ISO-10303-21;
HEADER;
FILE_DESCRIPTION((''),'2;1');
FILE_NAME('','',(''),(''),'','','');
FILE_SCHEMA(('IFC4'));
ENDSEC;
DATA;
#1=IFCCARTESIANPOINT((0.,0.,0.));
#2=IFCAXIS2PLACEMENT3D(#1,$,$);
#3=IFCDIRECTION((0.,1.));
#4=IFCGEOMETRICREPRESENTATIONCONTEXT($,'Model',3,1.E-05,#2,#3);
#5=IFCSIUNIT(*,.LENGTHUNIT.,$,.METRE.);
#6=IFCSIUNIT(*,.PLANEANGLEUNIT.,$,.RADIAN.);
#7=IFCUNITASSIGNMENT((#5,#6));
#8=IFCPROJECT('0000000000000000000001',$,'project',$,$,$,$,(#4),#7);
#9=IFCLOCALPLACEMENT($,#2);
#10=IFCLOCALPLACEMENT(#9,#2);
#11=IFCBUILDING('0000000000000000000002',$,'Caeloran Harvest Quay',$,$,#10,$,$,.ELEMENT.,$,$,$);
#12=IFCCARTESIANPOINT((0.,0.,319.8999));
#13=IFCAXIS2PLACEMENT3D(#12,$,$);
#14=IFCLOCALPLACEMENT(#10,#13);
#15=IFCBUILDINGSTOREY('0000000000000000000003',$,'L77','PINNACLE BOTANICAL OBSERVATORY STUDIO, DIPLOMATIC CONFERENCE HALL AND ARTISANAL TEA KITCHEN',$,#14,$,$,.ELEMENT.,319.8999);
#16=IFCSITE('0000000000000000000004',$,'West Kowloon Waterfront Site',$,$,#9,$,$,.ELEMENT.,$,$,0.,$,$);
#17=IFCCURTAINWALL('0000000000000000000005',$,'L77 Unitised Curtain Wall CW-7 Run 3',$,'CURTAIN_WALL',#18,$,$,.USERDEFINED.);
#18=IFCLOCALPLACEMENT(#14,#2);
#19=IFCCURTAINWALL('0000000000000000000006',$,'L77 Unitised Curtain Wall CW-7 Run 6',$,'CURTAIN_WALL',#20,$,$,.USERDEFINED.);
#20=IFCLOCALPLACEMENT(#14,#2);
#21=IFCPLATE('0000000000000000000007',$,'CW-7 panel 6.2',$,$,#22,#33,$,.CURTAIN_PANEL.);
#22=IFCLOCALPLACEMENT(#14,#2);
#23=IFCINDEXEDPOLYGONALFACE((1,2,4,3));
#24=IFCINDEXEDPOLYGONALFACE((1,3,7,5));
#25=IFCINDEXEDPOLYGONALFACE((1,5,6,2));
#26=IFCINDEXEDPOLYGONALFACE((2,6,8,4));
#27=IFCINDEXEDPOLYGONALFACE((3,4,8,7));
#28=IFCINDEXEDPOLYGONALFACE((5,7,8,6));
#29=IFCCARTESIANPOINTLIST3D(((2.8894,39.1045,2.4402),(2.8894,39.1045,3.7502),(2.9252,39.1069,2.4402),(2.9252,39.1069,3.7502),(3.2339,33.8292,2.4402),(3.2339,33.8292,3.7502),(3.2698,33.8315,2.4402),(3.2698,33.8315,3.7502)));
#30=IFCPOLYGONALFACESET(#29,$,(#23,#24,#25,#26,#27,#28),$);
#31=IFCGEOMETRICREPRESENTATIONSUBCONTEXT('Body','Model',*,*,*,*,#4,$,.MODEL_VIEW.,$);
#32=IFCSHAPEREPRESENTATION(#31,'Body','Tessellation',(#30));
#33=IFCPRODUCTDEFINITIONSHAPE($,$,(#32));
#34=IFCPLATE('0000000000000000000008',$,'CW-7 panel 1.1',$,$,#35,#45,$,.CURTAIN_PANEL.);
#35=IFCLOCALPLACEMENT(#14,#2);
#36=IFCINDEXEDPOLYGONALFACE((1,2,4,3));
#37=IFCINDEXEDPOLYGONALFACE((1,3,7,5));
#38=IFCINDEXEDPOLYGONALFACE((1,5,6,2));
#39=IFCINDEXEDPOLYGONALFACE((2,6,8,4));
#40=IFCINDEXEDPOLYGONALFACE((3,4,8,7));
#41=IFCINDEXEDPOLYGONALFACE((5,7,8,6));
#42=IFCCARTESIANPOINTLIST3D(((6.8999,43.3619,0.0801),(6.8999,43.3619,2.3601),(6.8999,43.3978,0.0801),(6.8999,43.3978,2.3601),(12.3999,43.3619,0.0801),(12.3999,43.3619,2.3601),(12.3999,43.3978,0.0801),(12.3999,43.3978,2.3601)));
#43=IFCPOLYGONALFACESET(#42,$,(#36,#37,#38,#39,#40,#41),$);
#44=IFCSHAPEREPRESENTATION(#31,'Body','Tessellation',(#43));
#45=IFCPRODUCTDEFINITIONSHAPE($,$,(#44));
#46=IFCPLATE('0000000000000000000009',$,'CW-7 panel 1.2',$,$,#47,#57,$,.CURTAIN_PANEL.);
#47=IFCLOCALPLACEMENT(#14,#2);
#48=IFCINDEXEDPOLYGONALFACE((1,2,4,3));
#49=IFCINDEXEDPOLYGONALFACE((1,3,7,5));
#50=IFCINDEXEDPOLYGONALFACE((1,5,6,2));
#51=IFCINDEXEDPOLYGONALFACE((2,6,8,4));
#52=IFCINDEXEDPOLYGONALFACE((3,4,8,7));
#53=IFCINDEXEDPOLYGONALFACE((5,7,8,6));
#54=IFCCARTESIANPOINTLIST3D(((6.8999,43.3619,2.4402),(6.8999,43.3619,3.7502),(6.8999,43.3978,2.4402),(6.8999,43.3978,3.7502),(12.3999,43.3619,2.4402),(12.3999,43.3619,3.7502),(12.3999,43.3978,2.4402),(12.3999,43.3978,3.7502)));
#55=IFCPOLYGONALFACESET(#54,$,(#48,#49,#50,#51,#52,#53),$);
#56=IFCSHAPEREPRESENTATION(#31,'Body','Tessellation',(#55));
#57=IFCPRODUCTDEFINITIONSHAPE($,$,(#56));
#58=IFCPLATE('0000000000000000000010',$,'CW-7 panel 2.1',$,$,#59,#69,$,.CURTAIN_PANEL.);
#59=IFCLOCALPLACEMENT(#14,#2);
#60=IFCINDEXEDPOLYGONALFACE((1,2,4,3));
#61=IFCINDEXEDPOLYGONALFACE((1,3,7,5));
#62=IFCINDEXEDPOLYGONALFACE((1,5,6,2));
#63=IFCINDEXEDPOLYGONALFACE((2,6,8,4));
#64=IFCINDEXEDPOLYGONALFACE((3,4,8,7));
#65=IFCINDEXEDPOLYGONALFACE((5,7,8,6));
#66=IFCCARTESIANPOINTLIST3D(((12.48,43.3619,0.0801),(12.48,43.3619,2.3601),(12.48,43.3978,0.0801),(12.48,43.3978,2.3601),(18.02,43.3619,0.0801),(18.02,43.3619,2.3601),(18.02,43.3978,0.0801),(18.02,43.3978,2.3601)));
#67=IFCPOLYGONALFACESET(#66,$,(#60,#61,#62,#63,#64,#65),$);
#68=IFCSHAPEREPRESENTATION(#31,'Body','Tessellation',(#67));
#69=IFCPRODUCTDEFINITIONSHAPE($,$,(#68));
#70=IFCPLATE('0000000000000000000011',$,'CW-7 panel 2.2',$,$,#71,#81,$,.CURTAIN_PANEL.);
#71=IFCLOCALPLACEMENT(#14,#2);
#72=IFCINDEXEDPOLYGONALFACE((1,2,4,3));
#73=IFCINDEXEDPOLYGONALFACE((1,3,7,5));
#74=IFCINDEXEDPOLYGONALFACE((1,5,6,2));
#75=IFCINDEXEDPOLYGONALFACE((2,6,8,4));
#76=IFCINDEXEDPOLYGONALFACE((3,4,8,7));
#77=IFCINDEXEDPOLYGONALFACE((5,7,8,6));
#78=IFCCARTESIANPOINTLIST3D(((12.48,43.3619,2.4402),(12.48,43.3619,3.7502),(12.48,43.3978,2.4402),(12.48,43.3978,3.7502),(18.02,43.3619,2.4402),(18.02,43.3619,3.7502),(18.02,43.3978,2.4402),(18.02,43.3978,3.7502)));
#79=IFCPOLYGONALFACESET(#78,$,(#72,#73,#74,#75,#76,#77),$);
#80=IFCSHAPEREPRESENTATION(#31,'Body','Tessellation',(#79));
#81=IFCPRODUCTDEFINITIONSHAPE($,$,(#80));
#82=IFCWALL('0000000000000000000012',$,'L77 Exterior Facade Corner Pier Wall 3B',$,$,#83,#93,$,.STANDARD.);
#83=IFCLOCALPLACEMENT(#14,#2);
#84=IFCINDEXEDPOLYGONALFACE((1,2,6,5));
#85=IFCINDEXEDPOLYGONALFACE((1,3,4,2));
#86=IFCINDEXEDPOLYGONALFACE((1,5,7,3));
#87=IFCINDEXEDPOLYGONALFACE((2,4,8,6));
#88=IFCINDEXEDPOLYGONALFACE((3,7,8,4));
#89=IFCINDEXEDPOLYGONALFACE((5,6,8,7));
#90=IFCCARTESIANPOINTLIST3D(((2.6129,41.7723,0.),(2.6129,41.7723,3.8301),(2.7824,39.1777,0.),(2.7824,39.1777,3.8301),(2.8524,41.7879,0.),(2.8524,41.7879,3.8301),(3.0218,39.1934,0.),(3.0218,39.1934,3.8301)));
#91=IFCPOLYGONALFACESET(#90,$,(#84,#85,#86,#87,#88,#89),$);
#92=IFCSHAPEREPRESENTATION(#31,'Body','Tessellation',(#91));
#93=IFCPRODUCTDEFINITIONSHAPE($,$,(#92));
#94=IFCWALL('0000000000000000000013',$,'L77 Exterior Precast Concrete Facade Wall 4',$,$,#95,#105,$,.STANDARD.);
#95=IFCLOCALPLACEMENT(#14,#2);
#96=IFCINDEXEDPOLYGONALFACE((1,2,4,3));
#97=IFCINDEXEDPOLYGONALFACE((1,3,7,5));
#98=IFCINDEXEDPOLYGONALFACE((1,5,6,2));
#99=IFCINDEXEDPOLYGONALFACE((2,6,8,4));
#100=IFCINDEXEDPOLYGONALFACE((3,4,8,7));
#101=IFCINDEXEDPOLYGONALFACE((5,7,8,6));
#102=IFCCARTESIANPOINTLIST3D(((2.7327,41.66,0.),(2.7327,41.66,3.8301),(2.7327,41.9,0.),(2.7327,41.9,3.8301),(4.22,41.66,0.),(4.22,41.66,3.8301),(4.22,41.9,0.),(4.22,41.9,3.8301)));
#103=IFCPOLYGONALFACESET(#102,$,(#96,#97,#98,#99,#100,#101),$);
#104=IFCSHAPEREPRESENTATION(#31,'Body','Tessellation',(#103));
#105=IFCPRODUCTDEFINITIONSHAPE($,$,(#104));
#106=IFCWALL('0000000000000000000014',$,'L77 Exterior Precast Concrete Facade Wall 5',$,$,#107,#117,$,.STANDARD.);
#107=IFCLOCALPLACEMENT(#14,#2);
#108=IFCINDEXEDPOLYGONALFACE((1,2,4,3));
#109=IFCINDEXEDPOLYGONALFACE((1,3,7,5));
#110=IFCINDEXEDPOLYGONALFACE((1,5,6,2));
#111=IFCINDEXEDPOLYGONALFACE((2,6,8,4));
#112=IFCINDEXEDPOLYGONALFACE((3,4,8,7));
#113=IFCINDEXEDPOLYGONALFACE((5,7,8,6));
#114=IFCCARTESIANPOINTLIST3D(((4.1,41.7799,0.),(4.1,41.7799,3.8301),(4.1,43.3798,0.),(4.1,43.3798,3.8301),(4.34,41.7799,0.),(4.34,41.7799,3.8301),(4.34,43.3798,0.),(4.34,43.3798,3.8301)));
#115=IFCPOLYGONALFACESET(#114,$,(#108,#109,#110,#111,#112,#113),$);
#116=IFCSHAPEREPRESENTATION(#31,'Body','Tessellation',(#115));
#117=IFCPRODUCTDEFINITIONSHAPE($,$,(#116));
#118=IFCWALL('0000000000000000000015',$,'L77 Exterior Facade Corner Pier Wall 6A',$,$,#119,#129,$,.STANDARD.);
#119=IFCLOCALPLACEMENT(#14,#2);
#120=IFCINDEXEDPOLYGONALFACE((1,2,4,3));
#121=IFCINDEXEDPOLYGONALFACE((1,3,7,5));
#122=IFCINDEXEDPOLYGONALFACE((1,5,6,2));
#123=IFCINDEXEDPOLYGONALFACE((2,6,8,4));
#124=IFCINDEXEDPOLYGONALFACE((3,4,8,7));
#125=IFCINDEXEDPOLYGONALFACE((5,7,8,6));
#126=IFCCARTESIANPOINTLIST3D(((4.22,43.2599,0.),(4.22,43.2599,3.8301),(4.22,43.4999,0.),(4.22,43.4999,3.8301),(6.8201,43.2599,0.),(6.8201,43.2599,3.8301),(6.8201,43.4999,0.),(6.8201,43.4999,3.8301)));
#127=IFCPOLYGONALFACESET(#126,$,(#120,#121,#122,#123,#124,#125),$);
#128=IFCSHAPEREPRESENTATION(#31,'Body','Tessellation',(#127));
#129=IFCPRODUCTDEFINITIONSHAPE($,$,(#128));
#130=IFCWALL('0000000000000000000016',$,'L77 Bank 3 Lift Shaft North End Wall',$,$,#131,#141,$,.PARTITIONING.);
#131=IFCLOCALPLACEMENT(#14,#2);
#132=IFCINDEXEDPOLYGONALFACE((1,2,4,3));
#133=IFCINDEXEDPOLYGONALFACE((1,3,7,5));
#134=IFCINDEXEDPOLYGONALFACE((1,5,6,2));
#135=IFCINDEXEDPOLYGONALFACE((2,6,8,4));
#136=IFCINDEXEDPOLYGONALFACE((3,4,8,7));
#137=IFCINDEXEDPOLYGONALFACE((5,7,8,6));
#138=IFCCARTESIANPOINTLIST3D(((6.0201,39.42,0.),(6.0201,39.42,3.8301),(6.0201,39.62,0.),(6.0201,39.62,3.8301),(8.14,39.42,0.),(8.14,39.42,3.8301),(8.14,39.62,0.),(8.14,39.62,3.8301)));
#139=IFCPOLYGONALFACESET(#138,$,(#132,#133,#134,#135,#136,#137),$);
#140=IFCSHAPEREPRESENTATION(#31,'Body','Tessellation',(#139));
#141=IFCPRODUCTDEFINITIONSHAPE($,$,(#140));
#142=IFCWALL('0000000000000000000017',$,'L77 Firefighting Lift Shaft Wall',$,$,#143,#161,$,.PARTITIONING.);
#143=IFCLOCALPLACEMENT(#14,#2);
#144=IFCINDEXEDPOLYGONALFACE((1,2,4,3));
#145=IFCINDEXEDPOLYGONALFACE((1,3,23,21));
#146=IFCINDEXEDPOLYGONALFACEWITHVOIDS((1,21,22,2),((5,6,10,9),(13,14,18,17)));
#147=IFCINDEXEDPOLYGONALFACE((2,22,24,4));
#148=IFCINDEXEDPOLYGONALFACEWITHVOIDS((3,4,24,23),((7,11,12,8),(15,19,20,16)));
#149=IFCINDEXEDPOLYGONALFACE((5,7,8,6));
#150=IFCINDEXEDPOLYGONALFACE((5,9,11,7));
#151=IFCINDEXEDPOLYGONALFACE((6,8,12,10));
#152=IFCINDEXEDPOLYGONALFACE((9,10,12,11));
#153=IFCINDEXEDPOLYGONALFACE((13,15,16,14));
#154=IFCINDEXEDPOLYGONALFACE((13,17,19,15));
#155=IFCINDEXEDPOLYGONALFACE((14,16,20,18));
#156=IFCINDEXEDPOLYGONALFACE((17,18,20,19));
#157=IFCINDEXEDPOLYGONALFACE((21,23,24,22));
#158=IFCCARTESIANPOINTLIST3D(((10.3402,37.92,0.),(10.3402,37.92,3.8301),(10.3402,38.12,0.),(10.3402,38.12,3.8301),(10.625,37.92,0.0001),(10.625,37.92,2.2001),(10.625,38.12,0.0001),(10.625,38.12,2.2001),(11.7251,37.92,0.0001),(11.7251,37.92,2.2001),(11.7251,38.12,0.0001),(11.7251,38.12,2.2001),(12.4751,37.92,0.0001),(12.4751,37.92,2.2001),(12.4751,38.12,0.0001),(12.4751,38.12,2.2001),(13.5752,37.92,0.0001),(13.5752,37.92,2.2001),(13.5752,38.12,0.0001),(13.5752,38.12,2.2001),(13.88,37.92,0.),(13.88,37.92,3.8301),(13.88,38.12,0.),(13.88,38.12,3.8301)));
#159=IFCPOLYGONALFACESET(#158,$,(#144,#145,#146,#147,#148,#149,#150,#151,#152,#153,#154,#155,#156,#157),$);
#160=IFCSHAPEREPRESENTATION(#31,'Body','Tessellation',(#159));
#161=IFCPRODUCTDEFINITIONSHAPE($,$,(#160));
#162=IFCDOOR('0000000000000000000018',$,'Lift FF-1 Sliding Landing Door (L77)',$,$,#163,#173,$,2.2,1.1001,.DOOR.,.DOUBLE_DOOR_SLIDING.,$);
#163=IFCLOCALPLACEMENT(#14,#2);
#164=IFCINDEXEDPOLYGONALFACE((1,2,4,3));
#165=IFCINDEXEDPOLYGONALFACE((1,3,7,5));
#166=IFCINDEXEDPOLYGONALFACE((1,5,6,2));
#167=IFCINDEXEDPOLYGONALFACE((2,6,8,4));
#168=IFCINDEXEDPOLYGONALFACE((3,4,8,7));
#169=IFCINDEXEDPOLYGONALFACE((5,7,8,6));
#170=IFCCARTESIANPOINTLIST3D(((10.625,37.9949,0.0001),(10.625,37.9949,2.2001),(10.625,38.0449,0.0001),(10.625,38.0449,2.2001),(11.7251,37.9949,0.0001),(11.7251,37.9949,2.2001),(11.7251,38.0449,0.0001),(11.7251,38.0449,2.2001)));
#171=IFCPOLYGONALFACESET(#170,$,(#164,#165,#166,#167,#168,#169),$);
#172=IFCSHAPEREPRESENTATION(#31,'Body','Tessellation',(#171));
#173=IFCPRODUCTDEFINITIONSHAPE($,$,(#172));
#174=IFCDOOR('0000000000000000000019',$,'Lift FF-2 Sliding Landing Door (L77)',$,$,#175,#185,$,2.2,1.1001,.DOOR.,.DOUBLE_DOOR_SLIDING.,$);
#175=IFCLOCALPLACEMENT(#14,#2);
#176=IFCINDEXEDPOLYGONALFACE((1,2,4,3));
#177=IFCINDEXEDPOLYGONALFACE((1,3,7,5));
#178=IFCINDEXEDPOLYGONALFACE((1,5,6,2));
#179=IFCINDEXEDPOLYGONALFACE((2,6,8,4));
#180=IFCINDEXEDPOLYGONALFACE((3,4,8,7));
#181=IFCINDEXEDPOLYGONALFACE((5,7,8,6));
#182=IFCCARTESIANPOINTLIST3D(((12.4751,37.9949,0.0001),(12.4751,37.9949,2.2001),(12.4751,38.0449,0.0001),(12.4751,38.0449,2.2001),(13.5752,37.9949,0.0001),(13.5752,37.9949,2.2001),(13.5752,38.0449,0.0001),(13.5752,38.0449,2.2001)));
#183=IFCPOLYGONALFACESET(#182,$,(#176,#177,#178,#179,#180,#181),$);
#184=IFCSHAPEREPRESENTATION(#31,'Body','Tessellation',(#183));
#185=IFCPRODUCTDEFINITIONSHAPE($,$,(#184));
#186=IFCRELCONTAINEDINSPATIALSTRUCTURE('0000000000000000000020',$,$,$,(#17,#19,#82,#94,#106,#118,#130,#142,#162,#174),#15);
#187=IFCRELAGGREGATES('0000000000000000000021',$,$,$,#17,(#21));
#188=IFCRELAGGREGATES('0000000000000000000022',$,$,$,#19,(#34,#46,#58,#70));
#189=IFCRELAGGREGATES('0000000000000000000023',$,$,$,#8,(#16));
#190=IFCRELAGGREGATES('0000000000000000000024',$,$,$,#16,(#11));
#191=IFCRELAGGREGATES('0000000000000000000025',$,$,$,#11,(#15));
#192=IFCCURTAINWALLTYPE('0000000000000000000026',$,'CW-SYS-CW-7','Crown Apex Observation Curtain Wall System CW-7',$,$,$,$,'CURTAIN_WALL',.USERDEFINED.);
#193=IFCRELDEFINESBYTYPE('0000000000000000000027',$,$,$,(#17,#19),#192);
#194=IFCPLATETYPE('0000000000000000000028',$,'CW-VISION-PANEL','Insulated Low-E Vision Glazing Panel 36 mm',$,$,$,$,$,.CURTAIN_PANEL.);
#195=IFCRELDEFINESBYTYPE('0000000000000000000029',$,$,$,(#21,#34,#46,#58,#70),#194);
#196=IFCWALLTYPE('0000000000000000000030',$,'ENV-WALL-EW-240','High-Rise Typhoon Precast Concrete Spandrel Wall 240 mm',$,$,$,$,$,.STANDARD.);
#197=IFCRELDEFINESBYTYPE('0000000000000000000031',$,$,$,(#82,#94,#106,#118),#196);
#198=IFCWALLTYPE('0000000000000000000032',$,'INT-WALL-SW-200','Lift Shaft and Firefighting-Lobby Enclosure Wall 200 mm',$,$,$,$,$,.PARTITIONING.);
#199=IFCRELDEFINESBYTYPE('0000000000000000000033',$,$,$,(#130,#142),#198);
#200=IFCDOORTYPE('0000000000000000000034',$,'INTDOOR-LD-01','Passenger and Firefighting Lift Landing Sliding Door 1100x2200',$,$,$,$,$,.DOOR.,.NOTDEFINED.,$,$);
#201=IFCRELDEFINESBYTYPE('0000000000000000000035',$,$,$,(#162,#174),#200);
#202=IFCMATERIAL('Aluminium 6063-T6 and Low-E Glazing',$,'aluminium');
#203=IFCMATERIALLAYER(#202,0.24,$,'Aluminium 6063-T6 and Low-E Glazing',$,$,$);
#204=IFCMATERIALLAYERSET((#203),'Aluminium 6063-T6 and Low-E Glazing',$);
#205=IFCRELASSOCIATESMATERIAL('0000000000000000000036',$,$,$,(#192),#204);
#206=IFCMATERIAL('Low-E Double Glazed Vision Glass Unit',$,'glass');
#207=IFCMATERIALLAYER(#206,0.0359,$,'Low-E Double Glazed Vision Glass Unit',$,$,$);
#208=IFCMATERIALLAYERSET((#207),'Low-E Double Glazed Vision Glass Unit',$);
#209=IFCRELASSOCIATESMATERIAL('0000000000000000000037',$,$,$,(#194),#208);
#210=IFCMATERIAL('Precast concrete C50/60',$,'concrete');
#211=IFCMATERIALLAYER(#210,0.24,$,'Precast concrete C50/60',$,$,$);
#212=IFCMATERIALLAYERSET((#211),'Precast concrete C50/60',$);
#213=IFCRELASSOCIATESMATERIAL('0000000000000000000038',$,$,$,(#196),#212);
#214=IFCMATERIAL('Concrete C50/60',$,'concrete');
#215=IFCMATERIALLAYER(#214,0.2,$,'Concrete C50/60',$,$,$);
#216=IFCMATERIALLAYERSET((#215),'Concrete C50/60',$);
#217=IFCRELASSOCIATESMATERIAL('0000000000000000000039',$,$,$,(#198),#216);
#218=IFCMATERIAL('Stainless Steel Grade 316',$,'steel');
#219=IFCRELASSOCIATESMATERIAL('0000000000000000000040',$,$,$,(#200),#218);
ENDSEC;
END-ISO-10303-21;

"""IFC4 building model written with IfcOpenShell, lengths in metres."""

from ifc_helpers import new_model, si_unit, direction, frame, frame_2d, origin, origin_2d, place, context, subcontext, project, spatial, rectangle, extrude, material, layer, layer_set, type_object, element, fill, aggregate, save


model = new_model("IFC4")

# Units and contexts
model_context = context("Model", 3, precision=1e-05, world=origin(), true_north=direction((0.0, 1.0)))
body_context = subcontext(model_context, "Body", "Model", "MODEL_VIEW")
ifc_project = project(units=[si_unit("LENGTHUNIT", "METRE"), si_unit("PLANEANGLEUNIT", "RADIAN")], contexts=[model_context])

# Site, building, storey
site_placement = place(None, origin())
site = spatial("IfcSite", under=ifc_project, at=site_placement, Name="West Kowloon Waterfront Site", CompositionType="ELEMENT", RefElevation=0.0)
building_placement = place(site_placement, origin())
building = spatial("IfcBuilding", under=site, at=building_placement, Name="Caeloran Harvest Quay", CompositionType="ELEMENT")
storey_placement = place(building_placement, frame((0.0, 0.0, 319.8999)))
storey = spatial("IfcBuildingStorey", under=building, at=storey_placement, Name="L77", Description="PINNACLE BOTANICAL OBSERVATORY STUDIO, DIPLOMATIC CONFERENCE HALL AND ARTISANAL TEA KITCHEN", CompositionType="ELEMENT", Elevation=319.8999)

# Curtain walls
ifc_material_1 = material(Name="Aluminium 6063-T6 and Low-E Glazing", Category="aluminium")
ifc_layer_1 = layer(ifc_material_1, 0.24, Name="Aluminium 6063-T6 and Low-E Glazing")
ifc_layer_set_1 = layer_set([ifc_layer_1], Name="Aluminium 6063-T6 and Low-E Glazing")
curtain_wall_type = type_object("IfcCurtainWallType", Name="CW-SYS-CW-7", Description="Crown Apex Observation Curtain Wall System CW-7", ElementType="CURTAIN_WALL", PredefinedType="USERDEFINED", material=ifc_layer_set_1)
curtain_wall_1_placement = place(storey_placement, origin())
curtain_wall_1 = element("IfcCurtainWall", 1, at=curtain_wall_1_placement, inside=storey, type_object=curtain_wall_type, Name="L77 Unitised Curtain Wall CW-7 Run 3", ObjectType="CURTAIN_WALL", PredefinedType="USERDEFINED")
curtain_wall_2_placement = place(storey_placement, origin())
curtain_wall_2 = element("IfcCurtainWall", 2, at=curtain_wall_2_placement, inside=storey, type_object=curtain_wall_type, Name="L77 Unitised Curtain Wall CW-7 Run 6", ObjectType="CURTAIN_WALL", PredefinedType="USERDEFINED")

# Plates
ifc_material_2 = material(Name="Low-E Double Glazed Vision Glass Unit", Category="glass")
ifc_layer_2 = layer(ifc_material_2, 0.0359, Name="Low-E Double Glazed Vision Glass Unit")
ifc_layer_set_2 = layer_set([ifc_layer_2], Name="Low-E Double Glazed Vision Glass Unit")
plate_type = type_object("IfcPlateType", Name="CW-VISION-PANEL", Description="Insulated Low-E Vision Glazing Panel 36 mm", PredefinedType="CURTAIN_PANEL", material=ifc_layer_set_2)
plate_1_placement = place(storey_placement, frame((3.0796, 36.468, 2.4402), z_axis=(0.0, 0.0, 1.0), x_axis=(-0.065167, 0.997874, 0.0)))
plate_1 = element("IfcPlate", 3, at=plate_1_placement, type_object=plate_type, Name="CW-7 panel 6.2", PredefinedType="CURTAIN_PANEL", context=body_context, shape_type="SweptSolid", body=[
    extrude(rectangle(XDim=5.2866, YDim=0.0359, at=origin_2d()), origin(), (0.0, 0.0, 1.0), 1.3101),
])
aggregate(curtain_wall_1, [plate_1])
plate_2_placement = place(storey_placement, frame((9.6499, 43.3799, 0.0801), z_axis=(0.0, 0.0, 1.0), x_axis=(1.0, 0.0, 0.0)))
plate_2 = element("IfcPlate", 4, at=plate_2_placement, type_object=plate_type, Name="CW-7 panel 1.1", PredefinedType="CURTAIN_PANEL", context=body_context, shape_type="SweptSolid", body=[
    extrude(rectangle(XDim=5.5, YDim=0.0359, at=origin_2d()), origin(), (0.0, 0.0, 1.0), 2.28),
])
plate_3_placement = place(storey_placement, frame((9.6499, 43.3799, 2.4402), z_axis=(0.0, 0.0, 1.0), x_axis=(1.0, 0.0, 0.0)))
plate_3 = element("IfcPlate", 5, at=plate_3_placement, type_object=plate_type, Name="CW-7 panel 1.2", PredefinedType="CURTAIN_PANEL", context=body_context, shape_type="SweptSolid", body=[
    extrude(rectangle(XDim=5.5, YDim=0.0359, at=origin_2d()), origin(), (0.0, 0.0, 1.0), 1.3101),
])
plate_4_placement = place(storey_placement, frame((15.25, 43.3799, 0.0801), z_axis=(0.0, 0.0, 1.0), x_axis=(1.0, 0.0, 0.0)))
plate_4 = element("IfcPlate", 6, at=plate_4_placement, type_object=plate_type, Name="CW-7 panel 2.1", PredefinedType="CURTAIN_PANEL", context=body_context, shape_type="SweptSolid", body=[
    extrude(rectangle(XDim=5.54, YDim=0.0359, at=origin_2d()), origin(), (0.0, 0.0, 1.0), 2.28),
])
plate_5_placement = place(storey_placement, frame((15.25, 43.3799, 2.4402), z_axis=(0.0, 0.0, 1.0), x_axis=(1.0, 0.0, 0.0)))
plate_5 = element("IfcPlate", 7, at=plate_5_placement, type_object=plate_type, Name="CW-7 panel 2.2", PredefinedType="CURTAIN_PANEL", context=body_context, shape_type="SweptSolid", body=[
    extrude(rectangle(XDim=5.54, YDim=0.0359, at=origin_2d()), origin(), (0.0, 0.0, 1.0), 1.3101),
])
aggregate(curtain_wall_2, [plate_2, plate_3, plate_4, plate_5])

# Walls
ifc_material_3 = material(Name="Precast concrete C50/60", Category="concrete")
ifc_layer_3 = layer(ifc_material_3, 0.24, Name="Precast concrete C50/60")
ifc_layer_set_3 = layer_set([ifc_layer_3], Name="Precast concrete C50/60")
wall_type_1 = type_object("IfcWallType", Name="ENV-WALL-EW-240", Description="High-Rise Typhoon Precast Concrete Spandrel Wall 240 mm", PredefinedType="STANDARD", material=ifc_layer_set_3)
wall_1_placement = place(storey_placement, frame((2.9021, 39.1855, 0.0), z_axis=(0.0, 0.0, 1.0), x_axis=(-0.065167, 0.997874, 0.0)))
element("IfcWall", 8, at=wall_1_placement, inside=storey, type_object=wall_type_1, Name="L77 Exterior Facade Corner Pier Wall 3B", PredefinedType="STANDARD", context=body_context, shape_type="SweptSolid", body=[
    extrude(rectangle(XDim=2.6001, YDim=0.24, at=frame_2d((1.3, 0.0))), origin(), (0.0, 0.0, 1.0), 3.8301),
])
wall_2_placement = place(storey_placement, frame((2.7327, 41.78, 0.0), z_axis=(0.0, 0.0, 1.0), x_axis=(1.0, 0.0, 0.0)))
element("IfcWall", 9, at=wall_2_placement, inside=storey, type_object=wall_type_1, Name="L77 Exterior Precast Concrete Facade Wall 4", PredefinedType="STANDARD", context=body_context, shape_type="SweptSolid", body=[
    extrude(rectangle(XDim=1.4873, YDim=0.24, at=frame_2d((0.7437, 0.0))), origin(), (0.0, 0.0, 1.0), 3.8301),
])
wall_3_placement = place(storey_placement, frame((4.22, 41.78, 0.0), z_axis=(0.0, 0.0, 1.0), x_axis=(0.0, 1.0, 0.0)))
element("IfcWall", 10, at=wall_3_placement, inside=storey, type_object=wall_type_1, Name="L77 Exterior Precast Concrete Facade Wall 5", PredefinedType="STANDARD", context=body_context, shape_type="SweptSolid", body=[
    extrude(rectangle(XDim=1.5999, YDim=0.24, at=frame_2d((0.7998, 0.0))), origin(), (0.0, 0.0, 1.0), 3.8301),
])
wall_4_placement = place(storey_placement, frame((4.22, 43.3799, 0.0), z_axis=(0.0, 0.0, 1.0), x_axis=(1.0, 0.0, 0.0)))
element("IfcWall", 11, at=wall_4_placement, inside=storey, type_object=wall_type_1, Name="L77 Exterior Facade Corner Pier Wall 6A", PredefinedType="STANDARD", context=body_context, shape_type="SweptSolid", body=[
    extrude(rectangle(XDim=2.6001, YDim=0.24, at=frame_2d((1.3, 0.0))), origin(), (0.0, 0.0, 1.0), 3.8301),
])
ifc_material_4 = material(Name="Concrete C50/60", Category="concrete")
ifc_layer_4 = layer(ifc_material_4, 0.2, Name="Concrete C50/60")
ifc_layer_set_4 = layer_set([ifc_layer_4], Name="Concrete C50/60")
wall_type_2 = type_object("IfcWallType", Name="INT-WALL-SW-200", Description="Lift Shaft and Firefighting-Lobby Enclosure Wall 200 mm", PredefinedType="PARTITIONING", material=ifc_layer_set_4)
wall_5_placement = place(storey_placement, frame((6.02, 39.52, 0.0), z_axis=(0.0, 0.0, 1.0), x_axis=(1.0, 0.0, 0.0)))
element("IfcWall", 12, at=wall_5_placement, inside=storey, type_object=wall_type_2, Name="L77 Bank 3 Lift Shaft North End Wall", PredefinedType="PARTITIONING", context=body_context, shape_type="SweptSolid", body=[
    extrude(rectangle(XDim=2.1199, YDim=0.2, at=frame_2d((1.0601, 0.0))), origin(), (0.0, 0.0, 1.0), 3.8301),
])

# Wall, openings, doors
wall_6_placement = place(storey_placement, frame((10.3401, 38.02, 0.0), z_axis=(0.0, 0.0, 1.0), x_axis=(1.0, 0.0, 0.0)))
wall_6 = element("IfcWall", 13, at=wall_6_placement, inside=storey, type_object=wall_type_2, Name="L77 Firefighting Lift Shaft Wall", PredefinedType="PARTITIONING", context=body_context, shape_type="SweptSolid", body=[
    extrude(rectangle(XDim=3.5398, YDim=0.2, at=frame_2d((1.77, 0.0))), origin(), (0.0, 0.0, 1.0), 3.8301),
])
opening_1_placement = place(wall_6_placement, frame((0.2849, 0.0, 0.0)))
opening_1 = element("IfcOpeningElement", 14, at=opening_1_placement, cuts=wall_6, PredefinedType="OPENING", context=body_context, shape_type="SweptSolid", body=[
    extrude(rectangle(XDim=1.1001, YDim=2.2, at=frame_2d((0.55, 1.1001))), frame((0.0, 0.1099, 0.0), z_axis=(0.0, -1.0, 0.0), x_axis=(1.0, 0.0, 0.0)), (0.0, 0.0, 1.0), 0.22),
])
opening_2_placement = place(wall_6_placement, frame((2.135, 0.0, 0.0)))
opening_2 = element("IfcOpeningElement", 15, at=opening_2_placement, cuts=wall_6, PredefinedType="OPENING", context=body_context, shape_type="SweptSolid", body=[
    extrude(rectangle(XDim=1.1001, YDim=2.2, at=frame_2d((0.55, 1.1001))), frame((0.0, 0.1099, 0.0), z_axis=(0.0, -1.0, 0.0), x_axis=(1.0, 0.0, 0.0)), (0.0, 0.0, 1.0), 0.22),
])
ifc_material_5 = material(Name="Stainless Steel Grade 316", Category="steel")
door_type_1 = type_object("IfcDoorType", Name="INTDOOR-LD-01", Description="Passenger and Firefighting Lift Landing Sliding Door 1100x2200", OperationType="NOTDEFINED", PredefinedType="DOOR", material=ifc_material_5)
door_1_placement = place(opening_1_placement, origin())
door_1 = element("IfcDoor", 16, at=door_1_placement, inside=storey, type_object=door_type_1, Name="Lift FF-1 Sliding Landing Door (L77)", OperationType="DOUBLE_DOOR_SLIDING", OverallHeight=2.2, OverallWidth=1.1001, PredefinedType="DOOR", context=body_context, shape_type="SweptSolid", body=[
    extrude(rectangle(XDim=1.1001, YDim=2.2, at=frame_2d((0.55, 1.1001))), frame((0.0, 0.0249, 0.0), z_axis=(0.0, -1.0, 0.0), x_axis=(1.0, 0.0, 0.0)), (0.0, 0.0, 1.0), 0.05),
])
fill(opening_1, door_1)
door_2_placement = place(opening_2_placement, origin())
door_2 = element("IfcDoor", 17, at=door_2_placement, inside=storey, type_object=door_type_1, Name="Lift FF-2 Sliding Landing Door (L77)", OperationType="DOUBLE_DOOR_SLIDING", OverallHeight=2.2, OverallWidth=1.1001, PredefinedType="DOOR", context=body_context, shape_type="SweptSolid", body=[
    extrude(rectangle(XDim=1.1001, YDim=2.2, at=frame_2d((0.55, 1.1001))), frame((0.0, 0.0249, 0.0), z_axis=(0.0, -1.0, 0.0), x_axis=(1.0, 0.0, 0.0)), (0.0, 0.0, 1.0), 0.05),
])
fill(opening_2, door_2)

save(model, "model.ifc")
